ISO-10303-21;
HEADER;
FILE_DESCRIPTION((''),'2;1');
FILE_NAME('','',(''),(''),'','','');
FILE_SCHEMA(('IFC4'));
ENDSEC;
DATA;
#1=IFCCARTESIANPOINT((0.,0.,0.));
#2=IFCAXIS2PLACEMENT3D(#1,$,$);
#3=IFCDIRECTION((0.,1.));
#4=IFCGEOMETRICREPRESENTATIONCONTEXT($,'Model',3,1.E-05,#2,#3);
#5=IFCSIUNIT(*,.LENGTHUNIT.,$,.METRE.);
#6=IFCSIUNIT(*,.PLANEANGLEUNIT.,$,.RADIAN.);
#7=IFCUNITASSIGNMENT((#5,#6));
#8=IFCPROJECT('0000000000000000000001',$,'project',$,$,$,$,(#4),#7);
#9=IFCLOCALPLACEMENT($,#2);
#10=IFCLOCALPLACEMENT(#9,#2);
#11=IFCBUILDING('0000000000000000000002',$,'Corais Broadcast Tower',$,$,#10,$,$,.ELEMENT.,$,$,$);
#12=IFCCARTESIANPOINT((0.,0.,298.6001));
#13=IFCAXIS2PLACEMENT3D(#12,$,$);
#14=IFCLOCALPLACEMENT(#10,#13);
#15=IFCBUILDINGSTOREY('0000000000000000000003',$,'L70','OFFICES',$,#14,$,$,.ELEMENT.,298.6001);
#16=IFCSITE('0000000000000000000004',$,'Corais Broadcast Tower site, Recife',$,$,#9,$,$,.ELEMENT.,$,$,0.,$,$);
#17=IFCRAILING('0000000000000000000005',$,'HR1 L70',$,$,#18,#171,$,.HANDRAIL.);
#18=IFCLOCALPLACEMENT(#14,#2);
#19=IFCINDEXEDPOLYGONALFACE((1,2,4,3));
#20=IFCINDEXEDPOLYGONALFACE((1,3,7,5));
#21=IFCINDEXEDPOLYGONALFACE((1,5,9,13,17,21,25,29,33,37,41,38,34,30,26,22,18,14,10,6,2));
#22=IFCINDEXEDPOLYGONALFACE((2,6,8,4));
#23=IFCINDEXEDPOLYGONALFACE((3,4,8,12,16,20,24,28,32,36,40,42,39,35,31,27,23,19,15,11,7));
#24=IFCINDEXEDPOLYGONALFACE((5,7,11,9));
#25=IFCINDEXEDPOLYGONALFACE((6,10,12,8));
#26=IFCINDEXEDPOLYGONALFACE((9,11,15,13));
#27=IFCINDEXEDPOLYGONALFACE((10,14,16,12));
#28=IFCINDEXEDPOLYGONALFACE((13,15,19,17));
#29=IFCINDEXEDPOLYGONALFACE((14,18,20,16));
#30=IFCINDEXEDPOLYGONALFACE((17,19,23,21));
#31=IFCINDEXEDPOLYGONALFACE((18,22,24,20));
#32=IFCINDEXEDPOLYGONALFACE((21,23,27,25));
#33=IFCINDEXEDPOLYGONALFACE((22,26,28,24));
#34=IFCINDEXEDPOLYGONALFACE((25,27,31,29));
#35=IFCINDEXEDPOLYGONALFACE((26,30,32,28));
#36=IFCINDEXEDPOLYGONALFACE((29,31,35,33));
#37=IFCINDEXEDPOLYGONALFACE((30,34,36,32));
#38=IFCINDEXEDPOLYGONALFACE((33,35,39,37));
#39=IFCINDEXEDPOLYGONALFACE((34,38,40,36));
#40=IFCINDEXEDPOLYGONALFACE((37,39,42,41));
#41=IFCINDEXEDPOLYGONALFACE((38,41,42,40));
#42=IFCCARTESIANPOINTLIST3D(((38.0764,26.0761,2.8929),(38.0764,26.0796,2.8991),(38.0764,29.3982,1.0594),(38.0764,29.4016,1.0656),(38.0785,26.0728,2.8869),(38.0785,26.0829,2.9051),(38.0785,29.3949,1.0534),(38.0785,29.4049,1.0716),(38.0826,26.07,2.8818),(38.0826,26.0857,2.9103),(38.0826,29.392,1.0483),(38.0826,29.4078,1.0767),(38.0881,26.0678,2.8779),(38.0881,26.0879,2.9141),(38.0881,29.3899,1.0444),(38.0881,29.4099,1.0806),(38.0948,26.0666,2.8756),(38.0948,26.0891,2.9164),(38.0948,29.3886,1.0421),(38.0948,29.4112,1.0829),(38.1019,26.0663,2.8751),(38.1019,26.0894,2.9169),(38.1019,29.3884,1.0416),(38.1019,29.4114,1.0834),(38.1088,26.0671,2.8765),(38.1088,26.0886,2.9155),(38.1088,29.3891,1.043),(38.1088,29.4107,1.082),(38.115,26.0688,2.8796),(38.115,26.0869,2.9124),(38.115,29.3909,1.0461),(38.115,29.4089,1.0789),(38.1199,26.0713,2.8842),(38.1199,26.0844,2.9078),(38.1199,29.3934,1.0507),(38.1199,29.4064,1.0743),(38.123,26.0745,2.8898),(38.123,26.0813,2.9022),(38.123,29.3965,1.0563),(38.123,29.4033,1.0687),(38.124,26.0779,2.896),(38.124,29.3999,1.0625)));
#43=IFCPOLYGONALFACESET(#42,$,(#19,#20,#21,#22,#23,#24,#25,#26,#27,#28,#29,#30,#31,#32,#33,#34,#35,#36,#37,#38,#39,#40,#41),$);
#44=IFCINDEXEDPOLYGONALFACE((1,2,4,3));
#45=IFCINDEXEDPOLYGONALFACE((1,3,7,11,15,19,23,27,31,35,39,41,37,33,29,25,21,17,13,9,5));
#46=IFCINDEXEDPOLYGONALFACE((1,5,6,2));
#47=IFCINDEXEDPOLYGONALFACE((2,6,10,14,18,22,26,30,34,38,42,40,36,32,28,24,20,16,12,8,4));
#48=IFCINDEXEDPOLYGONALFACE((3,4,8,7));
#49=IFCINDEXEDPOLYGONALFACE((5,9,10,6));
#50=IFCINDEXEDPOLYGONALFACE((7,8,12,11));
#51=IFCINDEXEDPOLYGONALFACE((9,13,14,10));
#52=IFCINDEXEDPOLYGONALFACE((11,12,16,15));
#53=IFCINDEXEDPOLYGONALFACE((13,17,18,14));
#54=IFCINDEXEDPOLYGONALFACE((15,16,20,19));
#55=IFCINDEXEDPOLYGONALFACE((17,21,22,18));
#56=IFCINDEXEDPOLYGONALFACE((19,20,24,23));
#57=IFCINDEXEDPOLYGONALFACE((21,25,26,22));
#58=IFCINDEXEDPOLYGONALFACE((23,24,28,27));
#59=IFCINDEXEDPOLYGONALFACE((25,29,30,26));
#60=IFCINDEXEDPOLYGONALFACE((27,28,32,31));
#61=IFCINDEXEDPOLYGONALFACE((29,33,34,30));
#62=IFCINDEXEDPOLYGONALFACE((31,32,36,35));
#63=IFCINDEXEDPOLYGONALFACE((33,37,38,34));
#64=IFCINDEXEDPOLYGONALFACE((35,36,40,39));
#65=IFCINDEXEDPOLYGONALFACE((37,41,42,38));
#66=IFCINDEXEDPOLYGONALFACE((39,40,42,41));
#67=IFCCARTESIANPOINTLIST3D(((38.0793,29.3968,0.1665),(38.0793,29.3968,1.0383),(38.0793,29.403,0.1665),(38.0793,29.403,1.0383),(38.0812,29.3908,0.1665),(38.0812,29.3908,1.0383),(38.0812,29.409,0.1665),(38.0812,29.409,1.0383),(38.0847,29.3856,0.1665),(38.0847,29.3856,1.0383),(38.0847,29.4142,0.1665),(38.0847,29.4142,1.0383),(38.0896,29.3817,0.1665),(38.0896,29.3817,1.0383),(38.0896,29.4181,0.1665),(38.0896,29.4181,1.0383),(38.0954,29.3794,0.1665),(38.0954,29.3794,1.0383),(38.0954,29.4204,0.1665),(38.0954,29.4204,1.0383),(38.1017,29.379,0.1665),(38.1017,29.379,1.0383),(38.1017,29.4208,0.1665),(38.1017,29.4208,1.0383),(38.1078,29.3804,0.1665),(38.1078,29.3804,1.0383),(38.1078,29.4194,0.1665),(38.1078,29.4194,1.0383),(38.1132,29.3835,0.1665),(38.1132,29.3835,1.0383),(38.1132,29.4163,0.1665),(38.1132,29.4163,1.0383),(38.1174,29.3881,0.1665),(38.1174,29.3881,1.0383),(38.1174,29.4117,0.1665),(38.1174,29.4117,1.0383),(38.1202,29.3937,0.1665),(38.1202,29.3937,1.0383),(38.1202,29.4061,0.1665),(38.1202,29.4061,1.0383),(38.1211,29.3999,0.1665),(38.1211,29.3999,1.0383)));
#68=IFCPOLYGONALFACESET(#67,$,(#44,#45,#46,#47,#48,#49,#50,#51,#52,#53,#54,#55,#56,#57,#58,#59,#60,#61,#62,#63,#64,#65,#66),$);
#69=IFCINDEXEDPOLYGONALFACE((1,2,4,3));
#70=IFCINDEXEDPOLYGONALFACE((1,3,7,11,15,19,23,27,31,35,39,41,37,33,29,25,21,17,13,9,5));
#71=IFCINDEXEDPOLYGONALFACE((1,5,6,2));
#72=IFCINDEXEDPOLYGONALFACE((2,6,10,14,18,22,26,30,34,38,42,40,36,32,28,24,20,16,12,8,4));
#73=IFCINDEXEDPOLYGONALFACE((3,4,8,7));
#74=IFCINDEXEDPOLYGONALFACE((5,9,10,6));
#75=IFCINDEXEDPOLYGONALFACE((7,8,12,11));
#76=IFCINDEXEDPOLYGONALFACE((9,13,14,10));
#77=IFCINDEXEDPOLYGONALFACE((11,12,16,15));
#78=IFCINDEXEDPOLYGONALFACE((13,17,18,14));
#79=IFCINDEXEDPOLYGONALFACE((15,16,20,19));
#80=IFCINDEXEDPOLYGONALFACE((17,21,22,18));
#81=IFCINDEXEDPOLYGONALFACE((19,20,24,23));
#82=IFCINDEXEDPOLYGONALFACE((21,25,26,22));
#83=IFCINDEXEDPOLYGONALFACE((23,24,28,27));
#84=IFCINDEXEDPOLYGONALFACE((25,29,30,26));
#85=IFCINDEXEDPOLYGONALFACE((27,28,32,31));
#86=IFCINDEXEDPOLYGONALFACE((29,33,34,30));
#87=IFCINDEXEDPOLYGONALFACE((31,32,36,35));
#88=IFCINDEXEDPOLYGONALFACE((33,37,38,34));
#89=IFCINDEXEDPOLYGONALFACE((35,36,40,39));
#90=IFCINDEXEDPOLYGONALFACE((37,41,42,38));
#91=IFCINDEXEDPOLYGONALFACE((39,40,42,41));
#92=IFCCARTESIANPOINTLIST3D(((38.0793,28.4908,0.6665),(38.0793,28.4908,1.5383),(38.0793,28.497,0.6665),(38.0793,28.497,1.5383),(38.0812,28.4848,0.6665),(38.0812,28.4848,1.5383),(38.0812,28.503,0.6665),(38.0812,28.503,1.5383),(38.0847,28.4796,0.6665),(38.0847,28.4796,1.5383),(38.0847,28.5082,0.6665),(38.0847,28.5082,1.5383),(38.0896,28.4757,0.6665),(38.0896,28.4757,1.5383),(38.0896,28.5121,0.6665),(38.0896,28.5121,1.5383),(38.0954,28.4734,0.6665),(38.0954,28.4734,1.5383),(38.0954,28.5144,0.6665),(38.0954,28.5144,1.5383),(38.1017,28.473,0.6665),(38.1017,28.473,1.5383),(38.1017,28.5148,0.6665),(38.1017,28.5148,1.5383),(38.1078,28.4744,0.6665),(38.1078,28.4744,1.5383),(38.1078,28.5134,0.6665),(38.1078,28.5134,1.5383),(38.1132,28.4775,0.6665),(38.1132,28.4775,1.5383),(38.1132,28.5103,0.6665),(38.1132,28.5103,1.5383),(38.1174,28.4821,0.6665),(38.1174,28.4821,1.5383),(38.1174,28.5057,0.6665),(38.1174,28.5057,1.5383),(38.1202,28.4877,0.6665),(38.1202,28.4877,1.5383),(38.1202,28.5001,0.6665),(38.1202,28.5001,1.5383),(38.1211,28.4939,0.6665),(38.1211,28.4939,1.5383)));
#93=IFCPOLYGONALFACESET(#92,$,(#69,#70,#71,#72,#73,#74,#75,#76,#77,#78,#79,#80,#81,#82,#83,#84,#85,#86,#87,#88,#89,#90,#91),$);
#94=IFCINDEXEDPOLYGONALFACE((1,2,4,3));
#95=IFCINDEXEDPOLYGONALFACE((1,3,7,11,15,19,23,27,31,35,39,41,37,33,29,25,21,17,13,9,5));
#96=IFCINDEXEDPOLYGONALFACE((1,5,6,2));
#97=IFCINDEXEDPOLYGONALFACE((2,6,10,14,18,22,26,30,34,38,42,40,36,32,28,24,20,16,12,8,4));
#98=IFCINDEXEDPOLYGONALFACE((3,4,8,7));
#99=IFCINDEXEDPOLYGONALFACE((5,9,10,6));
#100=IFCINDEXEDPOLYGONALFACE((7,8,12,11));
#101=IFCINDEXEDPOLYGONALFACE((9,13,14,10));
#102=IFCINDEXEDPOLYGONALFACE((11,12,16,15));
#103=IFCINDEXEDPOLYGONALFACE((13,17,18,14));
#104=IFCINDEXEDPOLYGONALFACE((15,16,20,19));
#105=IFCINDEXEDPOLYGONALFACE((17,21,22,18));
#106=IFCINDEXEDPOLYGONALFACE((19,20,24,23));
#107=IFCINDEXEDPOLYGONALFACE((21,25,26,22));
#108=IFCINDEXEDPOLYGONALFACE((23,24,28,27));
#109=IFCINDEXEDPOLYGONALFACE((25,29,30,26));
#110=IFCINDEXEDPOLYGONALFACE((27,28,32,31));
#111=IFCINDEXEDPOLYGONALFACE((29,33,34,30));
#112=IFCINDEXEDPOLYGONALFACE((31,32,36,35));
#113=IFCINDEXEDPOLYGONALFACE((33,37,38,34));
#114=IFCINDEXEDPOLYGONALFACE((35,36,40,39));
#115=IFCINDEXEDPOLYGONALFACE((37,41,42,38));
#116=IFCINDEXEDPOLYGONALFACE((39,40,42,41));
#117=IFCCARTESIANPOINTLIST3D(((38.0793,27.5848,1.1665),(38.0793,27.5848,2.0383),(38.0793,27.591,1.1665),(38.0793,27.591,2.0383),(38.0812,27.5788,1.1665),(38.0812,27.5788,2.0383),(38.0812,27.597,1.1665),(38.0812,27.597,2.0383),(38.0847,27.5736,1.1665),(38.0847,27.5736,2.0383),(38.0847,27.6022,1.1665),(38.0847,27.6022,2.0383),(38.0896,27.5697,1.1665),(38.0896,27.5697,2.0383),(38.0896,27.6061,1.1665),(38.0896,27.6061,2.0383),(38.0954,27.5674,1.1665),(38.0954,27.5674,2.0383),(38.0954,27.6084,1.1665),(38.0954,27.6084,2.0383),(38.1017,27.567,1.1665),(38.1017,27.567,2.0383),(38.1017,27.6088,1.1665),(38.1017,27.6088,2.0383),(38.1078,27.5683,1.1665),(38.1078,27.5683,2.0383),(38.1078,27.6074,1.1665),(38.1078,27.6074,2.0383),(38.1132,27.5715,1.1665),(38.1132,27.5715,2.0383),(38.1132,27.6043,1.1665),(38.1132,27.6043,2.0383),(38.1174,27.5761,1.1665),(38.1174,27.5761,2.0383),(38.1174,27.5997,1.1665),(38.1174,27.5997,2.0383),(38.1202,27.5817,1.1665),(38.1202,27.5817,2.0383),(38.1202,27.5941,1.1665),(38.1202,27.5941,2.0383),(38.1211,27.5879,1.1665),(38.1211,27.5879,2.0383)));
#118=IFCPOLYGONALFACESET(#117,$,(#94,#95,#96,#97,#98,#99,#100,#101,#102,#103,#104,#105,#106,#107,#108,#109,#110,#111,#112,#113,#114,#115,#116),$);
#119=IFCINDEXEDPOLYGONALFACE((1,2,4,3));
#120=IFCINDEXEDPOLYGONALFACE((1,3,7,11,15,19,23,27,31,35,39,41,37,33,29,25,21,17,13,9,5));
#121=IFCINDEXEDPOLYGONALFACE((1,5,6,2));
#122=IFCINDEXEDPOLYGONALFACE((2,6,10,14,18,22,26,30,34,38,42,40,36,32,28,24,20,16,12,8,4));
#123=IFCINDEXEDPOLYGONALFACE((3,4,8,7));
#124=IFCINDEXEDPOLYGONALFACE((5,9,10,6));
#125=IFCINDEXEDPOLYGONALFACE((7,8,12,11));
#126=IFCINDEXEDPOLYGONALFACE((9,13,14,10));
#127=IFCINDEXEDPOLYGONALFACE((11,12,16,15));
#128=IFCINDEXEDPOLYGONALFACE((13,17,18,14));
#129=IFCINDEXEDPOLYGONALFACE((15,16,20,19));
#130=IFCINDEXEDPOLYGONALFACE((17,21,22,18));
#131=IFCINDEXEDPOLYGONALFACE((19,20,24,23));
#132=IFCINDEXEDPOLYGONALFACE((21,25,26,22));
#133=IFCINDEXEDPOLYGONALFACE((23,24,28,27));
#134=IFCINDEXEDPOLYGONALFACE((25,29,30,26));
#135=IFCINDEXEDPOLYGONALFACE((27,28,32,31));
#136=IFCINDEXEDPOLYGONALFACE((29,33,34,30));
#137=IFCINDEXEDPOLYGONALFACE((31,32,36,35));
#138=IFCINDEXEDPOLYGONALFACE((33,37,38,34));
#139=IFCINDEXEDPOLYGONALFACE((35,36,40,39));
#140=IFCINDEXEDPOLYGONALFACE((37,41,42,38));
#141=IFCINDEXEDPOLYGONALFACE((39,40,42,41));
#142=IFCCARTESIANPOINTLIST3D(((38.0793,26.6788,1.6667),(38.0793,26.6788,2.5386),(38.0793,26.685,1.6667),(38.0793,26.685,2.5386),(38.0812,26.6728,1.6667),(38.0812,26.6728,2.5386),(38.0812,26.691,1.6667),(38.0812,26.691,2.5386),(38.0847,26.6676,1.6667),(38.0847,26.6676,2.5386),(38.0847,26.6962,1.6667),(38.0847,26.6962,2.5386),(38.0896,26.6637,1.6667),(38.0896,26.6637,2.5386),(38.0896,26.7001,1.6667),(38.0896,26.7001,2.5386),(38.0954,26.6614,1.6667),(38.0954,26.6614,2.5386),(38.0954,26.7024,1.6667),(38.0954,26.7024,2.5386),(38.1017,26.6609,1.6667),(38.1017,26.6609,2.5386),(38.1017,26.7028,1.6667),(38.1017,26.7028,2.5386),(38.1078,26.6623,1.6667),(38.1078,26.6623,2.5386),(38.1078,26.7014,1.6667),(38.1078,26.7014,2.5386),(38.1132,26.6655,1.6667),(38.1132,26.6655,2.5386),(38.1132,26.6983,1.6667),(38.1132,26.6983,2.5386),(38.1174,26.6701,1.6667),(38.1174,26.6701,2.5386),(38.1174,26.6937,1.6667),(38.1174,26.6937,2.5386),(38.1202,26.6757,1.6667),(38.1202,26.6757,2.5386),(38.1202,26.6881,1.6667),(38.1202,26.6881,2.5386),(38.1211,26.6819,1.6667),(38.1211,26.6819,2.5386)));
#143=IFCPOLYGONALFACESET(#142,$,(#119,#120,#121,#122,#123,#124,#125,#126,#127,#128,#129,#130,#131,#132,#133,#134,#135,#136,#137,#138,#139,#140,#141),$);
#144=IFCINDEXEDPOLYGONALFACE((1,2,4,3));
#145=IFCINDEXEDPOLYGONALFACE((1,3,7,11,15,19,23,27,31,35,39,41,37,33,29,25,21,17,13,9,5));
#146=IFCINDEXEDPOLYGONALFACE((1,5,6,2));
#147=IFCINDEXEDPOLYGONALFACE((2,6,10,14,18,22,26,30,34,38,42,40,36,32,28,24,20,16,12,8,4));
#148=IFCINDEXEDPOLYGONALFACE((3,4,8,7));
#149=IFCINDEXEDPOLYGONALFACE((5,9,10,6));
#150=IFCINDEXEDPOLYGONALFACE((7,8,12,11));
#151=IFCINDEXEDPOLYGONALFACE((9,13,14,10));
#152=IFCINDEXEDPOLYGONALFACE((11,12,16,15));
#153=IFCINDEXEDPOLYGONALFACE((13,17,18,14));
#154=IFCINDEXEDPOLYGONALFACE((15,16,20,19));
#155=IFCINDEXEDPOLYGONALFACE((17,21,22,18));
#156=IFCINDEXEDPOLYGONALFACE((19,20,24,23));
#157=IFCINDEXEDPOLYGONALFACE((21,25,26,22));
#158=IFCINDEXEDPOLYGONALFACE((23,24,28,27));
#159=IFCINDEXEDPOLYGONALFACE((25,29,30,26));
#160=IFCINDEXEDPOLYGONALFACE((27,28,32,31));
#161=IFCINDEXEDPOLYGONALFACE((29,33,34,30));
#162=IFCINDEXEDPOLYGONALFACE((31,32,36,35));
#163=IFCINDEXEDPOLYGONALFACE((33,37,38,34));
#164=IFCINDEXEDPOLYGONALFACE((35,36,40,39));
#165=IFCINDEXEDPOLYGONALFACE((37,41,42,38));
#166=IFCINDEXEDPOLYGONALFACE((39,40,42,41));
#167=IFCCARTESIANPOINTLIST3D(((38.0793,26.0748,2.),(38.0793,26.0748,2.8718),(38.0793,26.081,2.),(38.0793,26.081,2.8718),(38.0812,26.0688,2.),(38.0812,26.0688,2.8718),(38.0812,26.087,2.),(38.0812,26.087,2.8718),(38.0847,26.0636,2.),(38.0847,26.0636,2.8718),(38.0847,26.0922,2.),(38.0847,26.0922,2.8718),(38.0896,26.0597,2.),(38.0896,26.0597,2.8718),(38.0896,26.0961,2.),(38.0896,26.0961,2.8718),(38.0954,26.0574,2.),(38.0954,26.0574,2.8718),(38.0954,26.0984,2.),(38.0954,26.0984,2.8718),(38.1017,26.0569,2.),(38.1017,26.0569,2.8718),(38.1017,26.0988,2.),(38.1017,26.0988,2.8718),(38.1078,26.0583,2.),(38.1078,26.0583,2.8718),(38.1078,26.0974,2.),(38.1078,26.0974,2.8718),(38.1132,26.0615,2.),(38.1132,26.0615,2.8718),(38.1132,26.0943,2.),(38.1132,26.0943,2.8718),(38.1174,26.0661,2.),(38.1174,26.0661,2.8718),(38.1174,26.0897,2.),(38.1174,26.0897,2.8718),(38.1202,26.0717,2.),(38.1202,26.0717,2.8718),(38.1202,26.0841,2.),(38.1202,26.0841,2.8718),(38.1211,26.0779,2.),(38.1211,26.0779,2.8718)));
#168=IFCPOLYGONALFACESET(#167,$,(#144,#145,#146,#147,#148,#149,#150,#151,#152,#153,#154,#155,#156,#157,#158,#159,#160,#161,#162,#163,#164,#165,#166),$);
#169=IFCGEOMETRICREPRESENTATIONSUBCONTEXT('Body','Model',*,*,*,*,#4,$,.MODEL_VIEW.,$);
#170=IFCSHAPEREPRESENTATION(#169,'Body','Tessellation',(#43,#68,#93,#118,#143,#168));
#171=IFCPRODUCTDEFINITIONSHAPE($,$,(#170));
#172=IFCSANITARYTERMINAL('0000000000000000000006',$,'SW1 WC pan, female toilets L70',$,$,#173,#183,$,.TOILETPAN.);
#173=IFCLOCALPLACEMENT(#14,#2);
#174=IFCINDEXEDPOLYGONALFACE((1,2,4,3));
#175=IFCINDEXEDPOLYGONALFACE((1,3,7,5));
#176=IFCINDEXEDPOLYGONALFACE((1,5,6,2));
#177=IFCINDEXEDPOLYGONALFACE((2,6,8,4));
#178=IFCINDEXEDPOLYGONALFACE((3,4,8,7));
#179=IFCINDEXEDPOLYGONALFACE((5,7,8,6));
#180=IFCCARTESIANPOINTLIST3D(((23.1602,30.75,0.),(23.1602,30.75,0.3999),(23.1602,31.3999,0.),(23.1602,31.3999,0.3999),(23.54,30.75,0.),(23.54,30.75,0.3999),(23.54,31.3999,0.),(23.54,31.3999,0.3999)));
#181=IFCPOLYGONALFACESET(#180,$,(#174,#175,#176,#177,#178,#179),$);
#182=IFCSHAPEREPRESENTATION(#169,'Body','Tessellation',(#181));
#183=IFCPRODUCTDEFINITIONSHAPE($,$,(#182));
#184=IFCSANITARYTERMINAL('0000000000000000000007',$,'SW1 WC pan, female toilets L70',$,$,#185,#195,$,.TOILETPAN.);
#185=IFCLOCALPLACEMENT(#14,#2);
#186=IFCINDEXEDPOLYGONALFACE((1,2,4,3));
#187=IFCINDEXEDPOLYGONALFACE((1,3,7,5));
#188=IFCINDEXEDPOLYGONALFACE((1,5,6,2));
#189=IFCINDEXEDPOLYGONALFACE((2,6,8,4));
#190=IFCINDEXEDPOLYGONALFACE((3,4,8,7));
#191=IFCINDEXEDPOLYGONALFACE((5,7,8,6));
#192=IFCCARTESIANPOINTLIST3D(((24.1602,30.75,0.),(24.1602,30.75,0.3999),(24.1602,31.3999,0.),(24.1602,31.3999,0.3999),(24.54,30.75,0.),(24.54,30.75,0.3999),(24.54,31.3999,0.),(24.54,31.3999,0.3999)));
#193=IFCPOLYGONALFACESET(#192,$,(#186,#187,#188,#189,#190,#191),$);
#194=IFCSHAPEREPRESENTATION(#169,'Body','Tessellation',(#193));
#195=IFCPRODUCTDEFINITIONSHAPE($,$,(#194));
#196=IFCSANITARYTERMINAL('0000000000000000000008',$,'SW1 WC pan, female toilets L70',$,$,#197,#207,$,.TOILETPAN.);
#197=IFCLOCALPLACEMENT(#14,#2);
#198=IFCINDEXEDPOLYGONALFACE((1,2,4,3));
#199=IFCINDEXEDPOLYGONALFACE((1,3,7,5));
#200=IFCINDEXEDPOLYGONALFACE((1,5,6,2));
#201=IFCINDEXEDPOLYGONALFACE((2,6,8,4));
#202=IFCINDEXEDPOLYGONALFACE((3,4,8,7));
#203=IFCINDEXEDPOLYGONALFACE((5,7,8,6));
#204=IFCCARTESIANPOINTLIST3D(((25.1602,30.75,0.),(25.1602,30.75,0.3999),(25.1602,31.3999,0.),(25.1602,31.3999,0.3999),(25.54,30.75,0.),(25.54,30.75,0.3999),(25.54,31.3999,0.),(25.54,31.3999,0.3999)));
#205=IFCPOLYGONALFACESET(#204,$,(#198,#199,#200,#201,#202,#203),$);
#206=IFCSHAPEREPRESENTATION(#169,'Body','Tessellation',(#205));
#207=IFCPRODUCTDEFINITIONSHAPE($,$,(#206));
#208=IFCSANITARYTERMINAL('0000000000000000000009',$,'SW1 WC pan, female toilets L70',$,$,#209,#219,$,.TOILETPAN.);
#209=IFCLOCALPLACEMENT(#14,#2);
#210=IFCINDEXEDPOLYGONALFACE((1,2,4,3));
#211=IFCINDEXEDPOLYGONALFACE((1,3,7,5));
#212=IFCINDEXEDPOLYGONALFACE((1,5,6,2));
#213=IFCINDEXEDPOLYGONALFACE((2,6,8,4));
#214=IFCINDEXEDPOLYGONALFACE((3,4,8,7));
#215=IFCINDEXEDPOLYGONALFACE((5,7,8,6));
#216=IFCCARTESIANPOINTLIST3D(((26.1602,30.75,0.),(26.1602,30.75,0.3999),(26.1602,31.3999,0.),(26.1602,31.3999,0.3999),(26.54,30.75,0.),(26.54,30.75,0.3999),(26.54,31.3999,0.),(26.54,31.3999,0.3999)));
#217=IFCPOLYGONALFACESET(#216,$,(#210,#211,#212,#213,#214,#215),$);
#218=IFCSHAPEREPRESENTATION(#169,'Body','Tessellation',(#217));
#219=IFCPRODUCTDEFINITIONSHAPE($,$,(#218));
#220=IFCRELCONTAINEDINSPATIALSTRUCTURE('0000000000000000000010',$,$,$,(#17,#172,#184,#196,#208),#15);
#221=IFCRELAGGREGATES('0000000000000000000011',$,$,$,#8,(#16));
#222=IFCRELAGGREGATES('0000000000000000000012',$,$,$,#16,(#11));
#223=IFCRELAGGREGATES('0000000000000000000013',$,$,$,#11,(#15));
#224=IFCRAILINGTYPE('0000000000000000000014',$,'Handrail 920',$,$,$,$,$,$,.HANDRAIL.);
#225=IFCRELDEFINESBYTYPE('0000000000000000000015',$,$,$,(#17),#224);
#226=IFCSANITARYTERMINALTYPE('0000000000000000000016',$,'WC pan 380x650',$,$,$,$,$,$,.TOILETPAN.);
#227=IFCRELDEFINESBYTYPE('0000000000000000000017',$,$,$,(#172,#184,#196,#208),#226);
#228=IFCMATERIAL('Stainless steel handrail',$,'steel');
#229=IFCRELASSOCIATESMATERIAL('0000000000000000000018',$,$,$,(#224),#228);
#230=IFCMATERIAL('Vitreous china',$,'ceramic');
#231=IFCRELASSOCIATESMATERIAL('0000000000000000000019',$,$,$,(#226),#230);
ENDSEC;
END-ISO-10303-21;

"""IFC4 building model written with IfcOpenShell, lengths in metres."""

from ifc_helpers import new_model, si_unit, direction, frame, origin, origin_2d, place, context, subcontext, project, spatial, rectangle, circle, extrude, material, type_object, element, save


model = new_model("IFC4")

# Units and contexts
model_context = context("Model", 3, precision=1e-05, world=origin(), true_north=direction((0.0, 1.0)))
body_context = subcontext(model_context, "Body", "Model", "MODEL_VIEW")
ifc_project = project(units=[si_unit("LENGTHUNIT", "METRE"), si_unit("PLANEANGLEUNIT", "RADIAN")], contexts=[model_context])

# Site, building, storey
site_placement = place(None, origin())
site = spatial("IfcSite", under=ifc_project, at=site_placement, Name="Corais Broadcast Tower site, Recife", CompositionType="ELEMENT", RefElevation=0.0)
building_placement = place(site_placement, origin())
building = spatial("IfcBuilding", under=site, at=building_placement, Name="Corais Broadcast Tower", CompositionType="ELEMENT")
storey_placement = place(building_placement, frame((0.0, 0.0, 298.6001)))
storey = spatial("IfcBuildingStorey", under=building, at=storey_placement, Name="L70", Description="OFFICES", CompositionType="ELEMENT", Elevation=298.6001)

# Railing
ifc_material_1 = material(Name="Stainless steel handrail", Category="steel")
railing_type = type_object("IfcRailingType", Name="Handrail 920", PredefinedType="HANDRAIL", material=ifc_material_1)
for number, where, name in (
    (1, (38.1001, 29.3999, 0.1665), "HR1 L70"),
):
    element("IfcRailing", number, at=place(storey_placement, frame(where)), inside=storey, type_object=railing_type, Name=name, PredefinedType="HANDRAIL", context=body_context, shape_type="SweptSolid", body=[
        extrude(circle(Radius=0.0239, at=origin_2d()), frame((0.0, 0.0, 0.896), z_axis=(0.0, -0.875504, 0.48321), x_axis=(1.0, 0.0, 0.0)), (0.0, 0.0, 1.0), 3.7944),
        extrude(circle(Radius=0.021, at=origin_2d()), origin(), (0.0, 0.0, 1.0), 0.8718),
        extrude(circle(Radius=0.021, at=origin_2d()), frame((0.0, -0.906, 0.5)), (0.0, 0.0, 1.0), 0.8718),
        extrude(circle(Radius=0.021, at=origin_2d()), frame((0.0, -1.812, 1.0)), (0.0, 0.0, 1.0), 0.8718),
        extrude(circle(Radius=0.021, at=origin_2d()), frame((0.0, -2.718, 1.5002)), (0.0, 0.0, 1.0), 0.8718),
        extrude(circle(Radius=0.021, at=origin_2d()), frame((0.0, -3.322, 1.8335)), (0.0, 0.0, 1.0), 0.8718),
    ])

# Sanitary terminals
ifc_material_2 = material(Name="Vitreous china", Category="ceramic")
sanitary_terminal_type = type_object("IfcSanitaryTerminalType", Name="WC pan 380x650", PredefinedType="TOILETPAN", material=ifc_material_2)
for number, where, z_axis, x_axis, name in (
    (2, (23.3501, 31.075, 0.0), (0.0, 0.0, 1.0), (1.0, 0.0, 0.0), "SW1 WC pan, female toilets L70"),
    (3, (24.3501, 31.075, 0.0), (0.0, 0.0, 1.0), (1.0, 0.0, 0.0), "SW1 WC pan, female toilets L70"),
    (4, (25.3501, 31.075, 0.0), (0.0, 0.0, 1.0), (1.0, 0.0, 0.0), "SW1 WC pan, female toilets L70"),
    (5, (26.3501, 31.075, 0.0), (0.0, 0.0, 1.0), (1.0, 0.0, 0.0), "SW1 WC pan, female toilets L70"),
):
    element("IfcSanitaryTerminal", number, at=place(storey_placement, frame(where, z_axis=z_axis, x_axis=x_axis)), inside=storey, type_object=sanitary_terminal_type, Name=name, PredefinedType="TOILETPAN", context=body_context, shape_type="SweptSolid", body=[
        extrude(rectangle(XDim=0.3799, YDim=0.6499, at=origin_2d()), origin(), (0.0, 0.0, 1.0), 0.3999),
    ])

save(model, "model.ifc")
